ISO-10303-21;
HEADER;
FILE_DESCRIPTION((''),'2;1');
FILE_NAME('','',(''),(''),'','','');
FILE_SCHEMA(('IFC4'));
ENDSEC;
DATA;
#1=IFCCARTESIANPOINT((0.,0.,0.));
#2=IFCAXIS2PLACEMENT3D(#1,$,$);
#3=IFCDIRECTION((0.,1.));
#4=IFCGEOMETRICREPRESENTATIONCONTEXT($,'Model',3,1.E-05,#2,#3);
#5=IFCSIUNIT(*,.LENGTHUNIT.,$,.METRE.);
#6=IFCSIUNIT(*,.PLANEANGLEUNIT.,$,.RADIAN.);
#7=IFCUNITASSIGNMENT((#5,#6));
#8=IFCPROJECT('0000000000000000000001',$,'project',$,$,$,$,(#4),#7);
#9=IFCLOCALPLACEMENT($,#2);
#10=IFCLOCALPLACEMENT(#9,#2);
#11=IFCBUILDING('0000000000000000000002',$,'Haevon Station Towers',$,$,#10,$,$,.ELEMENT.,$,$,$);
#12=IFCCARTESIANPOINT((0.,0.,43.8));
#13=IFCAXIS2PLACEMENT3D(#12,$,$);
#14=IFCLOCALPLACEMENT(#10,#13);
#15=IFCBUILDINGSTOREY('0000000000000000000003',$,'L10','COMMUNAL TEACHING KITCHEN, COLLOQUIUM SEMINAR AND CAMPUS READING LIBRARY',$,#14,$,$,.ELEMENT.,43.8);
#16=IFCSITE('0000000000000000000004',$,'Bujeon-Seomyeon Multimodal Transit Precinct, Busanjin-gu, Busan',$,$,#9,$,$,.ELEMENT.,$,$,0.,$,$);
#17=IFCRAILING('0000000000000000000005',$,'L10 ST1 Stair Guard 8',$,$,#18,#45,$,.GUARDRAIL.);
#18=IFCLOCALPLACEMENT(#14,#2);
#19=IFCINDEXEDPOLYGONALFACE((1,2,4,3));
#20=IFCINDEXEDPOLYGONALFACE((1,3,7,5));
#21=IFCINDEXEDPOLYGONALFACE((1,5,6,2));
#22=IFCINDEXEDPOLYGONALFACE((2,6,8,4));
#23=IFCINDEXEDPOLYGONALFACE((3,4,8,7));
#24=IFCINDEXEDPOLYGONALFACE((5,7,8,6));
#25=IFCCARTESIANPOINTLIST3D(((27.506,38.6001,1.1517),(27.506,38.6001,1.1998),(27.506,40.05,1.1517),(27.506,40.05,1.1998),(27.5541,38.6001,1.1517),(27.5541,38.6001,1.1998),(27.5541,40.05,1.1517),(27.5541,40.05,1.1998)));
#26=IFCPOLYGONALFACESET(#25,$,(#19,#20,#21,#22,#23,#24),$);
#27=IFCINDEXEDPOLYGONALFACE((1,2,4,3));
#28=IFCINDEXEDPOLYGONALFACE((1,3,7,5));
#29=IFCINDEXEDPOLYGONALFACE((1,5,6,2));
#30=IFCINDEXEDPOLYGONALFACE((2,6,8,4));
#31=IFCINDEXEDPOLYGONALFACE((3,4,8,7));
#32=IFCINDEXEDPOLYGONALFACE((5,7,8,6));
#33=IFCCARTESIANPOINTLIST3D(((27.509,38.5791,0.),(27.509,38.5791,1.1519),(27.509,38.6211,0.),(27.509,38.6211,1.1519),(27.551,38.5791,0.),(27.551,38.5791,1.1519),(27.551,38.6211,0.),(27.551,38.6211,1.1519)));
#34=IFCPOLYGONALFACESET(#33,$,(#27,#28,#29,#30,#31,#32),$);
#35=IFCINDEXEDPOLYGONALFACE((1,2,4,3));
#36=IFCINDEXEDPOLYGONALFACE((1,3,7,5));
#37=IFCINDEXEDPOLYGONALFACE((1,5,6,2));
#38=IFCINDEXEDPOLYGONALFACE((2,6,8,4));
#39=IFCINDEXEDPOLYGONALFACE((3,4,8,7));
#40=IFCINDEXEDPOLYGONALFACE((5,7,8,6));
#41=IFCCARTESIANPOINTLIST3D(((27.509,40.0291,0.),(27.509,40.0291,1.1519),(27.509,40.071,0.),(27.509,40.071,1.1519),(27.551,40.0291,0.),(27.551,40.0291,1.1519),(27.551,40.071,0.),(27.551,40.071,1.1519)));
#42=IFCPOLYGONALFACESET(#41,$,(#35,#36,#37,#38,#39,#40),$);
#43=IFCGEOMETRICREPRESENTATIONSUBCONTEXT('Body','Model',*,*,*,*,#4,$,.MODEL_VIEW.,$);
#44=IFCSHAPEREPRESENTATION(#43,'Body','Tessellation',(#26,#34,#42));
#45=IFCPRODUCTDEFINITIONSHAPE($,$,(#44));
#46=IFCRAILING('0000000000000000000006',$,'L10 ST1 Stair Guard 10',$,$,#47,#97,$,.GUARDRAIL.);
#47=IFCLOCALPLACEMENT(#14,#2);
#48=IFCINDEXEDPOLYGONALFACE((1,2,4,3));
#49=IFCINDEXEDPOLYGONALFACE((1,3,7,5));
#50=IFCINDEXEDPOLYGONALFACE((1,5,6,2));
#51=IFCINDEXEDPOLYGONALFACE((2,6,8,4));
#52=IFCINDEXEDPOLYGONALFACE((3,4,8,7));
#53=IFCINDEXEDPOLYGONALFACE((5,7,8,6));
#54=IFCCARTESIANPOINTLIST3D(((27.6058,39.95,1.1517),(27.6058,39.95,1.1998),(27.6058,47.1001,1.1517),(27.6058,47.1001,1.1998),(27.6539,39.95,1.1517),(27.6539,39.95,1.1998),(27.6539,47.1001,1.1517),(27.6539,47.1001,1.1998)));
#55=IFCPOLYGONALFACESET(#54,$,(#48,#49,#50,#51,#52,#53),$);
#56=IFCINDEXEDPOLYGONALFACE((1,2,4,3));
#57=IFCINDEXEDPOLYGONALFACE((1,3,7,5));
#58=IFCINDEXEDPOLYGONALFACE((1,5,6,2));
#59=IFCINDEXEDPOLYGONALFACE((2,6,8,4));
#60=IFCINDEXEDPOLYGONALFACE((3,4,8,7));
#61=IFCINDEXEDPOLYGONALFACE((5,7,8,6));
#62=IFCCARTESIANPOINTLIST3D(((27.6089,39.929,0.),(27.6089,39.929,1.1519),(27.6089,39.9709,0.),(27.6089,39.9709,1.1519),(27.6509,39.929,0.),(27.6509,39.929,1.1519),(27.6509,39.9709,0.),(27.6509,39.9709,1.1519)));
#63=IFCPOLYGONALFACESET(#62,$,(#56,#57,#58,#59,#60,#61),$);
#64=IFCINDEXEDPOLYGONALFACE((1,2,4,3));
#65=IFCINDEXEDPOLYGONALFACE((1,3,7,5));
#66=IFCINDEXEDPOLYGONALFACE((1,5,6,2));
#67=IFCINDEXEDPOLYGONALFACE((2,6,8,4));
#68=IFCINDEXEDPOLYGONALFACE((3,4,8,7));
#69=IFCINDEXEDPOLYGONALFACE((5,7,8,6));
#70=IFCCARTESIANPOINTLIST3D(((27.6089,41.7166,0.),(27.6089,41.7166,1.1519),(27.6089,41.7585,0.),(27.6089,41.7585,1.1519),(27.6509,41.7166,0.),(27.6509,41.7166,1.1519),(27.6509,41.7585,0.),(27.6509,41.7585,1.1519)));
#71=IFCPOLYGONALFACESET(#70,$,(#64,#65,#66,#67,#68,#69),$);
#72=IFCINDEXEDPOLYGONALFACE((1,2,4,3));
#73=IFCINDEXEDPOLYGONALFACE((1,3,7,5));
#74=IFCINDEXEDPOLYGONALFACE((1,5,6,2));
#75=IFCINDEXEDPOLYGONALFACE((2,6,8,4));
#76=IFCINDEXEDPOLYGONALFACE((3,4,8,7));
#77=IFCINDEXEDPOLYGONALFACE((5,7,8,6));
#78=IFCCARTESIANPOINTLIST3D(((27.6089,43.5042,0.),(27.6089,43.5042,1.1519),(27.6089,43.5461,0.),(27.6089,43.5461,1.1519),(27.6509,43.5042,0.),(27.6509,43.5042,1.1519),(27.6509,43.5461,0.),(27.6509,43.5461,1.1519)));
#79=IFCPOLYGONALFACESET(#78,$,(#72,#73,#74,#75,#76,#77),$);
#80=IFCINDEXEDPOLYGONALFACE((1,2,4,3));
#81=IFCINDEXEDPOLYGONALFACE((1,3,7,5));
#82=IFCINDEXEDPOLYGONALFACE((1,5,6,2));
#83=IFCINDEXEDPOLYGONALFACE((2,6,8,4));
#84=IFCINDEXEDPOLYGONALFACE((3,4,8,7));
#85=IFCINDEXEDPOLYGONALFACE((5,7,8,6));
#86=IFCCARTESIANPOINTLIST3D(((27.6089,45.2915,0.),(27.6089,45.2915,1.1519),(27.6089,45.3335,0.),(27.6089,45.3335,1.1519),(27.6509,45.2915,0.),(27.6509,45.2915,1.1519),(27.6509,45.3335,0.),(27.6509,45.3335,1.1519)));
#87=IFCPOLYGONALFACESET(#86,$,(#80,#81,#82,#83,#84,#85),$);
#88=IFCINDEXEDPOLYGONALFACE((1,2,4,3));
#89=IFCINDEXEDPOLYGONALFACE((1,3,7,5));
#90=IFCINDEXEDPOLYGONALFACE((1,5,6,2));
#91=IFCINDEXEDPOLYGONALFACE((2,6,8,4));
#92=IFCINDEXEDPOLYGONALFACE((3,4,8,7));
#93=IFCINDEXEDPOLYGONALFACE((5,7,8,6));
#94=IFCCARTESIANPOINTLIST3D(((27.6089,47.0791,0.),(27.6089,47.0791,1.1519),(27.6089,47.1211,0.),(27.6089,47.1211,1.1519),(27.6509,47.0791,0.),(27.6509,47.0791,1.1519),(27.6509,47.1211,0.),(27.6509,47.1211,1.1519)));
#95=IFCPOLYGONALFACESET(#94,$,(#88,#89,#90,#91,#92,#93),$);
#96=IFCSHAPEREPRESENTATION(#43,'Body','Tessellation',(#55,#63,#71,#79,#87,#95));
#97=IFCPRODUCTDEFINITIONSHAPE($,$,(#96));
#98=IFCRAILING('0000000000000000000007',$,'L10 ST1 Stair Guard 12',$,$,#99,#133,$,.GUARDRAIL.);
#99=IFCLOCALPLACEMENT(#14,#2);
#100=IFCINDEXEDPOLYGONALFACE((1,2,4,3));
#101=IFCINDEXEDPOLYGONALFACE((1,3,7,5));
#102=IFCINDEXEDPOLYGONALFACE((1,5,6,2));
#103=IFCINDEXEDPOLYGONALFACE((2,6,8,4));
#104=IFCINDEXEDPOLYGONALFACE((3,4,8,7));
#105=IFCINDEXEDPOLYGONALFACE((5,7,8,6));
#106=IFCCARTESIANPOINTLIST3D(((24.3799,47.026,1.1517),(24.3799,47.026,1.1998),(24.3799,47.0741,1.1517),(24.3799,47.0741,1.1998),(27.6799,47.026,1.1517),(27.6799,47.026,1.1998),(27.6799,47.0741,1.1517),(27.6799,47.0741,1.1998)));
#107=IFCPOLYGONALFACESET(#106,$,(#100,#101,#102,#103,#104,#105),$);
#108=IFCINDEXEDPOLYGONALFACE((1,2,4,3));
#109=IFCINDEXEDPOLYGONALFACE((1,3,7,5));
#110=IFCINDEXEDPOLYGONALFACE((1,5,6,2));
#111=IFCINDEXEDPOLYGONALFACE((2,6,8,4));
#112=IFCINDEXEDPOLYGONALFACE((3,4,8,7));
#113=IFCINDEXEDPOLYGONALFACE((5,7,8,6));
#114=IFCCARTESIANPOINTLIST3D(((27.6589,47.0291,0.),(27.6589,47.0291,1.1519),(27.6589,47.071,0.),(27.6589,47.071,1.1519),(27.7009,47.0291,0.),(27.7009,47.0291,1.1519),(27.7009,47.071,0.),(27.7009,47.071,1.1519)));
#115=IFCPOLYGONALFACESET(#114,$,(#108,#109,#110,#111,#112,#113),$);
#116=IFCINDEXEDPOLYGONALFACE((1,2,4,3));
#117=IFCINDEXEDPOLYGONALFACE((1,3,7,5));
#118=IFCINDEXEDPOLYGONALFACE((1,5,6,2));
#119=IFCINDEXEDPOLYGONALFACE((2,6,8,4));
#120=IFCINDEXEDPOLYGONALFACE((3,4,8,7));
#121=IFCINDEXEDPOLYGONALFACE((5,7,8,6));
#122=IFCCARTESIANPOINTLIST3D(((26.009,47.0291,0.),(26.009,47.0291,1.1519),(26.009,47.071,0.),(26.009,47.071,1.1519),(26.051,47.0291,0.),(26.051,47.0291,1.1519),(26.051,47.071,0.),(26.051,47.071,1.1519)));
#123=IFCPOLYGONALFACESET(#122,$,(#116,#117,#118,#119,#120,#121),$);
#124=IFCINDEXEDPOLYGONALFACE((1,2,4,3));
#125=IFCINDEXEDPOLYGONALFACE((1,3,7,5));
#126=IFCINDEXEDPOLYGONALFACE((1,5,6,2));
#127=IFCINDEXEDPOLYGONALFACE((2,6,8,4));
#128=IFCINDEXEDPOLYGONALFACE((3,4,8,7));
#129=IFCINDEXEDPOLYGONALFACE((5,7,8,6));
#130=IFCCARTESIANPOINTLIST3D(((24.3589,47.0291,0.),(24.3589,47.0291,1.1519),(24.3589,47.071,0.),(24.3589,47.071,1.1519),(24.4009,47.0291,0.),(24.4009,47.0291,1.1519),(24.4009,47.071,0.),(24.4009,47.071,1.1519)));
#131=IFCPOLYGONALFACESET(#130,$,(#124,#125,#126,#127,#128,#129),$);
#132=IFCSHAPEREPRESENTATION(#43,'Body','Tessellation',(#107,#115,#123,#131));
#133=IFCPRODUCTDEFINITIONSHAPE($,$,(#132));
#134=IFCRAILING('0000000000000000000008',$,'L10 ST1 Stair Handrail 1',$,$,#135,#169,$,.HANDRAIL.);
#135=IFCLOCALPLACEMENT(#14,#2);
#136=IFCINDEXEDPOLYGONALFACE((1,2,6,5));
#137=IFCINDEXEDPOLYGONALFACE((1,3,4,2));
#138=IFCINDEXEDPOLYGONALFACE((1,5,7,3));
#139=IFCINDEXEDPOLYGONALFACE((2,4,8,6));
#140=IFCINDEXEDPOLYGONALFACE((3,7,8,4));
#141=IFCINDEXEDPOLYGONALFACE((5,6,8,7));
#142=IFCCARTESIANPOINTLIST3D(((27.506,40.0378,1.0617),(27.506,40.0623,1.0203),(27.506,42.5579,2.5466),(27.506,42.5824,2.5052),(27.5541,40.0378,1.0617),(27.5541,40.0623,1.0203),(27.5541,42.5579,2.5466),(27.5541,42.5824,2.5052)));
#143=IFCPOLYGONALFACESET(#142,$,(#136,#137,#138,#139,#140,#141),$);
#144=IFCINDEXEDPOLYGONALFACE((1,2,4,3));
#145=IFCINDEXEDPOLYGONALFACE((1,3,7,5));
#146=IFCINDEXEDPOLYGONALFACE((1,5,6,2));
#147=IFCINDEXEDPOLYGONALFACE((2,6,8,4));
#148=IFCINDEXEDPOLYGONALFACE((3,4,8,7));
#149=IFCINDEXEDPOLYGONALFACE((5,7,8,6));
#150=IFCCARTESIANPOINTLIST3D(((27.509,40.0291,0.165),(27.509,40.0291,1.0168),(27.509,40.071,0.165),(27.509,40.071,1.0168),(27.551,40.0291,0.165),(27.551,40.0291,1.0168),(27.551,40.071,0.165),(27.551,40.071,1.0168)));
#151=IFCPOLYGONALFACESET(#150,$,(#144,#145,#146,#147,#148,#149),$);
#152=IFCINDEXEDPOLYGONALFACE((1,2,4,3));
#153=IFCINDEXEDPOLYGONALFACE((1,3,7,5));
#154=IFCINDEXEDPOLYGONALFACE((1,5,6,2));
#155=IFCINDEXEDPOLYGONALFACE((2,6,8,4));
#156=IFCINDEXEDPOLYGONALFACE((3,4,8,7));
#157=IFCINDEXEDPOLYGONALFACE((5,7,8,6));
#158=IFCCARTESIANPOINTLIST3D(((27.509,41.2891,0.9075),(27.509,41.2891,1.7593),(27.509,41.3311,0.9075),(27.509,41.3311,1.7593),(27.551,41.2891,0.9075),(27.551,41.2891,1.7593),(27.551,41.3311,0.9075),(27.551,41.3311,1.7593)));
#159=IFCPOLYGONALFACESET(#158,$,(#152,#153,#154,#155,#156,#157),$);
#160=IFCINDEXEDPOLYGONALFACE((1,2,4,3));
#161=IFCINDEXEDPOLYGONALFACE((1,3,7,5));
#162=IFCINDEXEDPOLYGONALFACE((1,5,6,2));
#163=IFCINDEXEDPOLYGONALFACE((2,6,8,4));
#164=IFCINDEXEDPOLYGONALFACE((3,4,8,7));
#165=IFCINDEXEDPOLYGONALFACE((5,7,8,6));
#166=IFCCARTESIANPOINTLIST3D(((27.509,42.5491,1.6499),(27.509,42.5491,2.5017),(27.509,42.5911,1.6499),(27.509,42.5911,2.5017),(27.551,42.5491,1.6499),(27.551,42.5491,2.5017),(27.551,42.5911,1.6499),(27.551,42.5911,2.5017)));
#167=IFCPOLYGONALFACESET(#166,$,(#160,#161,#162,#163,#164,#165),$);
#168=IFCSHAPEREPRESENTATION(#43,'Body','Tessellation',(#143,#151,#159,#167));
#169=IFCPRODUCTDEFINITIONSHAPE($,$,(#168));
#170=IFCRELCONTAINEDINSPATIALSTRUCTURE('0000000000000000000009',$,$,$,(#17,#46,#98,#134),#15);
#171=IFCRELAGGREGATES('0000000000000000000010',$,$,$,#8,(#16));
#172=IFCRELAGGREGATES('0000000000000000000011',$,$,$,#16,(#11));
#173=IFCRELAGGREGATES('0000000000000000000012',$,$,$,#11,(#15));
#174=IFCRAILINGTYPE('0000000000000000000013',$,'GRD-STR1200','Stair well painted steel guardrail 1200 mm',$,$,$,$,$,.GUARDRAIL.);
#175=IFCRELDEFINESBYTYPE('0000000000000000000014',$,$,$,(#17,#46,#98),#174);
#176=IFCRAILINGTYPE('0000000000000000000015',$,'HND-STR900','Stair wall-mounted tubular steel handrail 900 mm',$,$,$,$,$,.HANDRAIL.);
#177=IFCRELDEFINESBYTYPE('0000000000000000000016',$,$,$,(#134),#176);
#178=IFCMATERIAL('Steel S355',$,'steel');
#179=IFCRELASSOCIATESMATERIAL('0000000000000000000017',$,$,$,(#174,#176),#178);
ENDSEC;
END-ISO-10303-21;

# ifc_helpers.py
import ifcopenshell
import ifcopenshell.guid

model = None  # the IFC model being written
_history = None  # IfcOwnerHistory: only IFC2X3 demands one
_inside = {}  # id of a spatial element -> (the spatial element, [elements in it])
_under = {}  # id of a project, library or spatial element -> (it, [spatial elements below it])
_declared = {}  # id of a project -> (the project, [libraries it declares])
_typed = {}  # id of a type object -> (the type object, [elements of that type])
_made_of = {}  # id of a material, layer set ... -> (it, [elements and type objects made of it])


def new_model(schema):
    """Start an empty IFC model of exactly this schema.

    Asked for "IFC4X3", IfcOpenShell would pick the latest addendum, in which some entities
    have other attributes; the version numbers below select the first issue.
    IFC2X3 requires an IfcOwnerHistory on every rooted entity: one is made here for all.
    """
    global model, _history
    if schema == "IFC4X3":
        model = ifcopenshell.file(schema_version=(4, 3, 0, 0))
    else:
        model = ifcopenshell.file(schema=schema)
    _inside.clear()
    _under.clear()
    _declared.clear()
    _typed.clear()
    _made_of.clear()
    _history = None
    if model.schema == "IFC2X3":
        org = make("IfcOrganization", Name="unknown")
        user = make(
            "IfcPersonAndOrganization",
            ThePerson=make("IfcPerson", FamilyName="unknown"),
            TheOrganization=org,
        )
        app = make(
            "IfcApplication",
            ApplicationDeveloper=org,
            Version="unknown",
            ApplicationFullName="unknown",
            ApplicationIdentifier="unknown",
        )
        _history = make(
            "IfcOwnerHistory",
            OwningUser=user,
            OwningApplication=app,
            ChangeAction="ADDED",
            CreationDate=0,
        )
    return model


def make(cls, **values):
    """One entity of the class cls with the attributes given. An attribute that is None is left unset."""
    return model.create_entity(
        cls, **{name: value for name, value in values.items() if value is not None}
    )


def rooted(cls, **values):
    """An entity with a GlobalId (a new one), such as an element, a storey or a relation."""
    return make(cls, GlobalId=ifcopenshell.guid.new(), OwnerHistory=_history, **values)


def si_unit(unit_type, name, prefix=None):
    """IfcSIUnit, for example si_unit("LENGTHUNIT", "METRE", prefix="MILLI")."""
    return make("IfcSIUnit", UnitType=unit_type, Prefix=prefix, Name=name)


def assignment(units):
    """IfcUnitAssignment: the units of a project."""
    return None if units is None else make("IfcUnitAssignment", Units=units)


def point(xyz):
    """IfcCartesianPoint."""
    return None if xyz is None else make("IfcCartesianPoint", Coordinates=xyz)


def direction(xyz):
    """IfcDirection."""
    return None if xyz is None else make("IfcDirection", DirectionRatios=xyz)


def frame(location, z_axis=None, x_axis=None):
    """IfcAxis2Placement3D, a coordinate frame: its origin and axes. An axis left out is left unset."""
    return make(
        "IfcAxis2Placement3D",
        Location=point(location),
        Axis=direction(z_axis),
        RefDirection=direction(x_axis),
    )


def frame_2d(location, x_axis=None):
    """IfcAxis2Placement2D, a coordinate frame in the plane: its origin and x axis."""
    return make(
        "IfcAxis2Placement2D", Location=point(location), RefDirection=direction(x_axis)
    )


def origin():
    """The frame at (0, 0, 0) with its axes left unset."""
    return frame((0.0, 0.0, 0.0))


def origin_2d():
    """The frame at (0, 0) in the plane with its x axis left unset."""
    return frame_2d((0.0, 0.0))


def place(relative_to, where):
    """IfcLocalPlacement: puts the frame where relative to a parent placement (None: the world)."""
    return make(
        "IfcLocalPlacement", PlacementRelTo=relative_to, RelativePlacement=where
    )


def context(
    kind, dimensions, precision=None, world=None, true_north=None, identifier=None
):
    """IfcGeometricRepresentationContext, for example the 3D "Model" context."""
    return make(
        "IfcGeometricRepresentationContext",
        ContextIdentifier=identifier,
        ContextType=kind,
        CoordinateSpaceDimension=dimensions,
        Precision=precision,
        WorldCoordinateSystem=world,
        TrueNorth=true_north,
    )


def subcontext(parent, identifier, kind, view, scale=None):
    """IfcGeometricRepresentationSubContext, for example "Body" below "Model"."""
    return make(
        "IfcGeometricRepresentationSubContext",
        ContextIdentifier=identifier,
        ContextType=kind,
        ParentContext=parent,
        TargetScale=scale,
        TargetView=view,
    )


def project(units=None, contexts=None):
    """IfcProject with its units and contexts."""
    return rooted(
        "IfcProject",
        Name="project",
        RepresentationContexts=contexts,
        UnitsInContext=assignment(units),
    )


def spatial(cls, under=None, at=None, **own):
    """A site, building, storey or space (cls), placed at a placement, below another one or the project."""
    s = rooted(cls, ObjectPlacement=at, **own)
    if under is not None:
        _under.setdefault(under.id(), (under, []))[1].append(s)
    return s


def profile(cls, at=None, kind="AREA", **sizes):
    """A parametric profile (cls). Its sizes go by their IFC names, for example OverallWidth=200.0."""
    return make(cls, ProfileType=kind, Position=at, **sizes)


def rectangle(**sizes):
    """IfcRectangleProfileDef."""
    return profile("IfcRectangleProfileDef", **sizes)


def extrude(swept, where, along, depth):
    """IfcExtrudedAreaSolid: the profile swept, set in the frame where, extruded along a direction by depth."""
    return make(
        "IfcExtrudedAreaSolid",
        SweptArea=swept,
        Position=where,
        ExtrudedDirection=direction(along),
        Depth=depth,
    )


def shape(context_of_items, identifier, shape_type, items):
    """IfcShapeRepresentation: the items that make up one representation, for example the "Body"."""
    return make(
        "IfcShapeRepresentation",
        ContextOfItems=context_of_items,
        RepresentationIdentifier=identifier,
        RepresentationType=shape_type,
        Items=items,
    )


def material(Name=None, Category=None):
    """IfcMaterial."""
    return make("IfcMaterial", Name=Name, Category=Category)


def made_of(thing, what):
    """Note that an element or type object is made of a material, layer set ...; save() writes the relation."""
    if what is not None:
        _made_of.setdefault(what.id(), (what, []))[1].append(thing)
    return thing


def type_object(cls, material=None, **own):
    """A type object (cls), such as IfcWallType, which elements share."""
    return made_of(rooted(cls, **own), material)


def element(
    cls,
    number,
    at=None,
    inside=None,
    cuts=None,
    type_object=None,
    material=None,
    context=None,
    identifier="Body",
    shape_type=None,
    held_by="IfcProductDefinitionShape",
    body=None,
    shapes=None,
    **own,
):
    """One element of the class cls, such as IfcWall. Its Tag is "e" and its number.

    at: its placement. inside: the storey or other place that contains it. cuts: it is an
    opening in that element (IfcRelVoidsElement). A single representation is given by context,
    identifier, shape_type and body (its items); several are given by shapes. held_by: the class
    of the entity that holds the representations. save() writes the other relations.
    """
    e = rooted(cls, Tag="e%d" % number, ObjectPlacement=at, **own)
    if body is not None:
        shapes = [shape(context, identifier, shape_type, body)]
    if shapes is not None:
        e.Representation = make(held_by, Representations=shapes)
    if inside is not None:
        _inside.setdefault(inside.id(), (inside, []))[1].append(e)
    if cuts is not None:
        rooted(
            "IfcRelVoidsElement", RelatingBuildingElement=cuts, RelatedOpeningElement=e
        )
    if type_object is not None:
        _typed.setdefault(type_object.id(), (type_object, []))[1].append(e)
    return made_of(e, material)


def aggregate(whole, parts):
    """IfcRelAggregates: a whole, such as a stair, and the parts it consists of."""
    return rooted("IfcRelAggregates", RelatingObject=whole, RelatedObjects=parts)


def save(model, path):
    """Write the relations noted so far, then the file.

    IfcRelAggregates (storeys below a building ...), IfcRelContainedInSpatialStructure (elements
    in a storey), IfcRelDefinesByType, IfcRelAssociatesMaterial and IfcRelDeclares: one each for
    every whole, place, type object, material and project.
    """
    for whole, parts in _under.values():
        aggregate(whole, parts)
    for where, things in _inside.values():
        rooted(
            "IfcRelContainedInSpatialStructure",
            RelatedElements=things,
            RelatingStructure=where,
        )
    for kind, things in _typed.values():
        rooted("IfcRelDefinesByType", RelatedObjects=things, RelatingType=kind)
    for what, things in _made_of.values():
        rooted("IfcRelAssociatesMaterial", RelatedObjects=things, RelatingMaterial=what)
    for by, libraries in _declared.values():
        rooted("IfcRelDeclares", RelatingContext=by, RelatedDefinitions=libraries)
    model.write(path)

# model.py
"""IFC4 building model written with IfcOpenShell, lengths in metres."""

from ifc_helpers import new_model, si_unit, direction, frame, origin, origin_2d, place, context, subcontext, project, spatial, rectangle, extrude, material, type_object, element, save


model = new_model("IFC4")

# Units and contexts
model_context = context("Model", 3, precision=1e-05, world=origin(), true_north=direction((0.0, 1.0)))
body_context = subcontext(model_context, "Body", "Model", "MODEL_VIEW")
ifc_project = project(units=[si_unit("LENGTHUNIT", "METRE"), si_unit("PLANEANGLEUNIT", "RADIAN")], contexts=[model_context])

# Site, building, storey
site_placement = place(None, origin())
site = spatial("IfcSite", under=ifc_project, at=site_placement, Name="Bujeon-Seomyeon Multimodal Transit Precinct, Busanjin-gu, Busan", CompositionType="ELEMENT", RefElevation=0.0)
building_placement = place(site_placement, origin())
building = spatial("IfcBuilding", under=site, at=building_placement, Name="Haevon Station Towers", CompositionType="ELEMENT")
storey_placement = place(building_placement, frame((0.0, 0.0, 43.8)))
storey = spatial("IfcBuildingStorey", under=building, at=storey_placement, Name="L10", Description="COMMUNAL TEACHING KITCHEN, COLLOQUIUM SEMINAR AND CAMPUS READING LIBRARY", CompositionType="ELEMENT", Elevation=43.8)

# Shared definitions
ifc_material_1 = material(Name="Steel S355", Category="steel")

# Railings
railing_type_1 = type_object("IfcRailingType", Name="GRD-STR1200", Description="Stair well painted steel guardrail 1200 mm", PredefinedType="GUARDRAIL", material=ifc_material_1)
railing_1_placement = place(storey_placement, frame((27.53, 38.6001, 0.0)))
element("IfcRailing", 1, at=railing_1_placement, inside=storey, type_object=railing_type_1, Name="L10 ST1 Stair Guard 8", PredefinedType="GUARDRAIL", context=body_context, shape_type="SweptSolid", body=[
    extrude(rectangle(XDim=0.0481, YDim=0.0481, at=origin_2d()), frame((0.0, 0.0, 1.1758), z_axis=(0.0, 1.0, 0.0), x_axis=(-1.0, 0.0, 0.0)), (0.0, 0.0, 1.0), 1.45),
    extrude(rectangle(XDim=0.042, YDim=0.042, at=origin_2d()), origin(), (0.0, 0.0, 1.0), 1.1519),
    extrude(rectangle(XDim=0.042, YDim=0.042, at=origin_2d()), frame((0.0, 1.45, 0.0)), (0.0, 0.0, 1.0), 1.1519),
])
railing_2_placement = place(storey_placement, frame((27.6299, 39.95, 0.0)))
element("IfcRailing", 2, at=railing_2_placement, inside=storey, type_object=railing_type_1, Name="L10 ST1 Stair Guard 10", PredefinedType="GUARDRAIL", context=body_context, shape_type="SweptSolid", body=[
    extrude(rectangle(XDim=0.0481, YDim=0.0481, at=origin_2d()), frame((0.0, 0.0, 1.1758), z_axis=(0.0, 1.0, 0.0), x_axis=(-1.0, 0.0, 0.0)), (0.0, 0.0, 1.0), 7.1501),
    extrude(rectangle(XDim=0.042, YDim=0.042, at=origin_2d()), origin(), (0.0, 0.0, 1.0), 1.1519),
    extrude(rectangle(XDim=0.042, YDim=0.042, at=origin_2d()), frame((0.0, 1.7876, 0.0)), (0.0, 0.0, 1.0), 1.1519),
    extrude(rectangle(XDim=0.042, YDim=0.042, at=origin_2d()), frame((0.0, 3.5752, 0.0)), (0.0, 0.0, 1.0), 1.1519),
    extrude(rectangle(XDim=0.042, YDim=0.042, at=origin_2d()), frame((0.0, 5.3625, 0.0)), (0.0, 0.0, 1.0), 1.1519),
    extrude(rectangle(XDim=0.042, YDim=0.042, at=origin_2d()), frame((0.0, 7.1501, 0.0)), (0.0, 0.0, 1.0), 1.1519),
])
railing_3_placement = place(storey_placement, frame((27.6799, 47.05, 0.0)))
element("IfcRailing", 3, at=railing_3_placement, inside=storey, type_object=railing_type_1, Name="L10 ST1 Stair Guard 12", PredefinedType="GUARDRAIL", context=body_context, shape_type="SweptSolid", body=[
    extrude(rectangle(XDim=0.0481, YDim=0.0481, at=origin_2d()), frame((0.0, 0.0, 1.1758), z_axis=(-1.0, 0.0, 0.0), x_axis=(0.0, -1.0, 0.0)), (0.0, 0.0, 1.0), 3.3),
    extrude(rectangle(XDim=0.042, YDim=0.042, at=origin_2d()), origin(), (0.0, 0.0, 1.0), 1.1519),
    extrude(rectangle(XDim=0.042, YDim=0.042, at=origin_2d()), frame((-1.6499, 0.0, 0.0)), (0.0, 0.0, 1.0), 1.1519),
    extrude(rectangle(XDim=0.042, YDim=0.042, at=origin_2d()), frame((-3.3, 0.0, 0.0)), (0.0, 0.0, 1.0), 1.1519),
])
railing_type_2 = type_object("IfcRailingType", Name="HND-STR900", Description="Stair wall-mounted tubular steel handrail 900 mm", PredefinedType="HANDRAIL", material=ifc_material_1)
railing_4_placement = place(storey_placement, frame((27.53, 40.05, 0.165)))
element("IfcRailing", 4, at=railing_4_placement, inside=storey, type_object=railing_type_2, Name="L10 ST1 Stair Handrail 1", PredefinedType="HANDRAIL", context=body_context, shape_type="SweptSolid", body=[
    extrude(rectangle(XDim=0.0481, YDim=0.0481, at=origin_2d()), frame((0.0, 0.0, 0.876), z_axis=(0.0, 0.861561, 0.507655), x_axis=(-1.0, 0.0, 0.0)), (0.0, 0.0, 1.0), 2.925),
    extrude(rectangle(XDim=0.042, YDim=0.042, at=origin_2d()), origin(), (0.0, 0.0, 1.0), 0.8518),
    extrude(rectangle(XDim=0.042, YDim=0.042, at=origin_2d()), frame((0.0, 1.26, 0.7424)), (0.0, 0.0, 1.0), 0.8518),
    extrude(rectangle(XDim=0.042, YDim=0.042, at=origin_2d()), frame((0.0, 2.52, 1.4849)), (0.0, 0.0, 1.0), 0.8518),
])

save(model, "model.ifc")
